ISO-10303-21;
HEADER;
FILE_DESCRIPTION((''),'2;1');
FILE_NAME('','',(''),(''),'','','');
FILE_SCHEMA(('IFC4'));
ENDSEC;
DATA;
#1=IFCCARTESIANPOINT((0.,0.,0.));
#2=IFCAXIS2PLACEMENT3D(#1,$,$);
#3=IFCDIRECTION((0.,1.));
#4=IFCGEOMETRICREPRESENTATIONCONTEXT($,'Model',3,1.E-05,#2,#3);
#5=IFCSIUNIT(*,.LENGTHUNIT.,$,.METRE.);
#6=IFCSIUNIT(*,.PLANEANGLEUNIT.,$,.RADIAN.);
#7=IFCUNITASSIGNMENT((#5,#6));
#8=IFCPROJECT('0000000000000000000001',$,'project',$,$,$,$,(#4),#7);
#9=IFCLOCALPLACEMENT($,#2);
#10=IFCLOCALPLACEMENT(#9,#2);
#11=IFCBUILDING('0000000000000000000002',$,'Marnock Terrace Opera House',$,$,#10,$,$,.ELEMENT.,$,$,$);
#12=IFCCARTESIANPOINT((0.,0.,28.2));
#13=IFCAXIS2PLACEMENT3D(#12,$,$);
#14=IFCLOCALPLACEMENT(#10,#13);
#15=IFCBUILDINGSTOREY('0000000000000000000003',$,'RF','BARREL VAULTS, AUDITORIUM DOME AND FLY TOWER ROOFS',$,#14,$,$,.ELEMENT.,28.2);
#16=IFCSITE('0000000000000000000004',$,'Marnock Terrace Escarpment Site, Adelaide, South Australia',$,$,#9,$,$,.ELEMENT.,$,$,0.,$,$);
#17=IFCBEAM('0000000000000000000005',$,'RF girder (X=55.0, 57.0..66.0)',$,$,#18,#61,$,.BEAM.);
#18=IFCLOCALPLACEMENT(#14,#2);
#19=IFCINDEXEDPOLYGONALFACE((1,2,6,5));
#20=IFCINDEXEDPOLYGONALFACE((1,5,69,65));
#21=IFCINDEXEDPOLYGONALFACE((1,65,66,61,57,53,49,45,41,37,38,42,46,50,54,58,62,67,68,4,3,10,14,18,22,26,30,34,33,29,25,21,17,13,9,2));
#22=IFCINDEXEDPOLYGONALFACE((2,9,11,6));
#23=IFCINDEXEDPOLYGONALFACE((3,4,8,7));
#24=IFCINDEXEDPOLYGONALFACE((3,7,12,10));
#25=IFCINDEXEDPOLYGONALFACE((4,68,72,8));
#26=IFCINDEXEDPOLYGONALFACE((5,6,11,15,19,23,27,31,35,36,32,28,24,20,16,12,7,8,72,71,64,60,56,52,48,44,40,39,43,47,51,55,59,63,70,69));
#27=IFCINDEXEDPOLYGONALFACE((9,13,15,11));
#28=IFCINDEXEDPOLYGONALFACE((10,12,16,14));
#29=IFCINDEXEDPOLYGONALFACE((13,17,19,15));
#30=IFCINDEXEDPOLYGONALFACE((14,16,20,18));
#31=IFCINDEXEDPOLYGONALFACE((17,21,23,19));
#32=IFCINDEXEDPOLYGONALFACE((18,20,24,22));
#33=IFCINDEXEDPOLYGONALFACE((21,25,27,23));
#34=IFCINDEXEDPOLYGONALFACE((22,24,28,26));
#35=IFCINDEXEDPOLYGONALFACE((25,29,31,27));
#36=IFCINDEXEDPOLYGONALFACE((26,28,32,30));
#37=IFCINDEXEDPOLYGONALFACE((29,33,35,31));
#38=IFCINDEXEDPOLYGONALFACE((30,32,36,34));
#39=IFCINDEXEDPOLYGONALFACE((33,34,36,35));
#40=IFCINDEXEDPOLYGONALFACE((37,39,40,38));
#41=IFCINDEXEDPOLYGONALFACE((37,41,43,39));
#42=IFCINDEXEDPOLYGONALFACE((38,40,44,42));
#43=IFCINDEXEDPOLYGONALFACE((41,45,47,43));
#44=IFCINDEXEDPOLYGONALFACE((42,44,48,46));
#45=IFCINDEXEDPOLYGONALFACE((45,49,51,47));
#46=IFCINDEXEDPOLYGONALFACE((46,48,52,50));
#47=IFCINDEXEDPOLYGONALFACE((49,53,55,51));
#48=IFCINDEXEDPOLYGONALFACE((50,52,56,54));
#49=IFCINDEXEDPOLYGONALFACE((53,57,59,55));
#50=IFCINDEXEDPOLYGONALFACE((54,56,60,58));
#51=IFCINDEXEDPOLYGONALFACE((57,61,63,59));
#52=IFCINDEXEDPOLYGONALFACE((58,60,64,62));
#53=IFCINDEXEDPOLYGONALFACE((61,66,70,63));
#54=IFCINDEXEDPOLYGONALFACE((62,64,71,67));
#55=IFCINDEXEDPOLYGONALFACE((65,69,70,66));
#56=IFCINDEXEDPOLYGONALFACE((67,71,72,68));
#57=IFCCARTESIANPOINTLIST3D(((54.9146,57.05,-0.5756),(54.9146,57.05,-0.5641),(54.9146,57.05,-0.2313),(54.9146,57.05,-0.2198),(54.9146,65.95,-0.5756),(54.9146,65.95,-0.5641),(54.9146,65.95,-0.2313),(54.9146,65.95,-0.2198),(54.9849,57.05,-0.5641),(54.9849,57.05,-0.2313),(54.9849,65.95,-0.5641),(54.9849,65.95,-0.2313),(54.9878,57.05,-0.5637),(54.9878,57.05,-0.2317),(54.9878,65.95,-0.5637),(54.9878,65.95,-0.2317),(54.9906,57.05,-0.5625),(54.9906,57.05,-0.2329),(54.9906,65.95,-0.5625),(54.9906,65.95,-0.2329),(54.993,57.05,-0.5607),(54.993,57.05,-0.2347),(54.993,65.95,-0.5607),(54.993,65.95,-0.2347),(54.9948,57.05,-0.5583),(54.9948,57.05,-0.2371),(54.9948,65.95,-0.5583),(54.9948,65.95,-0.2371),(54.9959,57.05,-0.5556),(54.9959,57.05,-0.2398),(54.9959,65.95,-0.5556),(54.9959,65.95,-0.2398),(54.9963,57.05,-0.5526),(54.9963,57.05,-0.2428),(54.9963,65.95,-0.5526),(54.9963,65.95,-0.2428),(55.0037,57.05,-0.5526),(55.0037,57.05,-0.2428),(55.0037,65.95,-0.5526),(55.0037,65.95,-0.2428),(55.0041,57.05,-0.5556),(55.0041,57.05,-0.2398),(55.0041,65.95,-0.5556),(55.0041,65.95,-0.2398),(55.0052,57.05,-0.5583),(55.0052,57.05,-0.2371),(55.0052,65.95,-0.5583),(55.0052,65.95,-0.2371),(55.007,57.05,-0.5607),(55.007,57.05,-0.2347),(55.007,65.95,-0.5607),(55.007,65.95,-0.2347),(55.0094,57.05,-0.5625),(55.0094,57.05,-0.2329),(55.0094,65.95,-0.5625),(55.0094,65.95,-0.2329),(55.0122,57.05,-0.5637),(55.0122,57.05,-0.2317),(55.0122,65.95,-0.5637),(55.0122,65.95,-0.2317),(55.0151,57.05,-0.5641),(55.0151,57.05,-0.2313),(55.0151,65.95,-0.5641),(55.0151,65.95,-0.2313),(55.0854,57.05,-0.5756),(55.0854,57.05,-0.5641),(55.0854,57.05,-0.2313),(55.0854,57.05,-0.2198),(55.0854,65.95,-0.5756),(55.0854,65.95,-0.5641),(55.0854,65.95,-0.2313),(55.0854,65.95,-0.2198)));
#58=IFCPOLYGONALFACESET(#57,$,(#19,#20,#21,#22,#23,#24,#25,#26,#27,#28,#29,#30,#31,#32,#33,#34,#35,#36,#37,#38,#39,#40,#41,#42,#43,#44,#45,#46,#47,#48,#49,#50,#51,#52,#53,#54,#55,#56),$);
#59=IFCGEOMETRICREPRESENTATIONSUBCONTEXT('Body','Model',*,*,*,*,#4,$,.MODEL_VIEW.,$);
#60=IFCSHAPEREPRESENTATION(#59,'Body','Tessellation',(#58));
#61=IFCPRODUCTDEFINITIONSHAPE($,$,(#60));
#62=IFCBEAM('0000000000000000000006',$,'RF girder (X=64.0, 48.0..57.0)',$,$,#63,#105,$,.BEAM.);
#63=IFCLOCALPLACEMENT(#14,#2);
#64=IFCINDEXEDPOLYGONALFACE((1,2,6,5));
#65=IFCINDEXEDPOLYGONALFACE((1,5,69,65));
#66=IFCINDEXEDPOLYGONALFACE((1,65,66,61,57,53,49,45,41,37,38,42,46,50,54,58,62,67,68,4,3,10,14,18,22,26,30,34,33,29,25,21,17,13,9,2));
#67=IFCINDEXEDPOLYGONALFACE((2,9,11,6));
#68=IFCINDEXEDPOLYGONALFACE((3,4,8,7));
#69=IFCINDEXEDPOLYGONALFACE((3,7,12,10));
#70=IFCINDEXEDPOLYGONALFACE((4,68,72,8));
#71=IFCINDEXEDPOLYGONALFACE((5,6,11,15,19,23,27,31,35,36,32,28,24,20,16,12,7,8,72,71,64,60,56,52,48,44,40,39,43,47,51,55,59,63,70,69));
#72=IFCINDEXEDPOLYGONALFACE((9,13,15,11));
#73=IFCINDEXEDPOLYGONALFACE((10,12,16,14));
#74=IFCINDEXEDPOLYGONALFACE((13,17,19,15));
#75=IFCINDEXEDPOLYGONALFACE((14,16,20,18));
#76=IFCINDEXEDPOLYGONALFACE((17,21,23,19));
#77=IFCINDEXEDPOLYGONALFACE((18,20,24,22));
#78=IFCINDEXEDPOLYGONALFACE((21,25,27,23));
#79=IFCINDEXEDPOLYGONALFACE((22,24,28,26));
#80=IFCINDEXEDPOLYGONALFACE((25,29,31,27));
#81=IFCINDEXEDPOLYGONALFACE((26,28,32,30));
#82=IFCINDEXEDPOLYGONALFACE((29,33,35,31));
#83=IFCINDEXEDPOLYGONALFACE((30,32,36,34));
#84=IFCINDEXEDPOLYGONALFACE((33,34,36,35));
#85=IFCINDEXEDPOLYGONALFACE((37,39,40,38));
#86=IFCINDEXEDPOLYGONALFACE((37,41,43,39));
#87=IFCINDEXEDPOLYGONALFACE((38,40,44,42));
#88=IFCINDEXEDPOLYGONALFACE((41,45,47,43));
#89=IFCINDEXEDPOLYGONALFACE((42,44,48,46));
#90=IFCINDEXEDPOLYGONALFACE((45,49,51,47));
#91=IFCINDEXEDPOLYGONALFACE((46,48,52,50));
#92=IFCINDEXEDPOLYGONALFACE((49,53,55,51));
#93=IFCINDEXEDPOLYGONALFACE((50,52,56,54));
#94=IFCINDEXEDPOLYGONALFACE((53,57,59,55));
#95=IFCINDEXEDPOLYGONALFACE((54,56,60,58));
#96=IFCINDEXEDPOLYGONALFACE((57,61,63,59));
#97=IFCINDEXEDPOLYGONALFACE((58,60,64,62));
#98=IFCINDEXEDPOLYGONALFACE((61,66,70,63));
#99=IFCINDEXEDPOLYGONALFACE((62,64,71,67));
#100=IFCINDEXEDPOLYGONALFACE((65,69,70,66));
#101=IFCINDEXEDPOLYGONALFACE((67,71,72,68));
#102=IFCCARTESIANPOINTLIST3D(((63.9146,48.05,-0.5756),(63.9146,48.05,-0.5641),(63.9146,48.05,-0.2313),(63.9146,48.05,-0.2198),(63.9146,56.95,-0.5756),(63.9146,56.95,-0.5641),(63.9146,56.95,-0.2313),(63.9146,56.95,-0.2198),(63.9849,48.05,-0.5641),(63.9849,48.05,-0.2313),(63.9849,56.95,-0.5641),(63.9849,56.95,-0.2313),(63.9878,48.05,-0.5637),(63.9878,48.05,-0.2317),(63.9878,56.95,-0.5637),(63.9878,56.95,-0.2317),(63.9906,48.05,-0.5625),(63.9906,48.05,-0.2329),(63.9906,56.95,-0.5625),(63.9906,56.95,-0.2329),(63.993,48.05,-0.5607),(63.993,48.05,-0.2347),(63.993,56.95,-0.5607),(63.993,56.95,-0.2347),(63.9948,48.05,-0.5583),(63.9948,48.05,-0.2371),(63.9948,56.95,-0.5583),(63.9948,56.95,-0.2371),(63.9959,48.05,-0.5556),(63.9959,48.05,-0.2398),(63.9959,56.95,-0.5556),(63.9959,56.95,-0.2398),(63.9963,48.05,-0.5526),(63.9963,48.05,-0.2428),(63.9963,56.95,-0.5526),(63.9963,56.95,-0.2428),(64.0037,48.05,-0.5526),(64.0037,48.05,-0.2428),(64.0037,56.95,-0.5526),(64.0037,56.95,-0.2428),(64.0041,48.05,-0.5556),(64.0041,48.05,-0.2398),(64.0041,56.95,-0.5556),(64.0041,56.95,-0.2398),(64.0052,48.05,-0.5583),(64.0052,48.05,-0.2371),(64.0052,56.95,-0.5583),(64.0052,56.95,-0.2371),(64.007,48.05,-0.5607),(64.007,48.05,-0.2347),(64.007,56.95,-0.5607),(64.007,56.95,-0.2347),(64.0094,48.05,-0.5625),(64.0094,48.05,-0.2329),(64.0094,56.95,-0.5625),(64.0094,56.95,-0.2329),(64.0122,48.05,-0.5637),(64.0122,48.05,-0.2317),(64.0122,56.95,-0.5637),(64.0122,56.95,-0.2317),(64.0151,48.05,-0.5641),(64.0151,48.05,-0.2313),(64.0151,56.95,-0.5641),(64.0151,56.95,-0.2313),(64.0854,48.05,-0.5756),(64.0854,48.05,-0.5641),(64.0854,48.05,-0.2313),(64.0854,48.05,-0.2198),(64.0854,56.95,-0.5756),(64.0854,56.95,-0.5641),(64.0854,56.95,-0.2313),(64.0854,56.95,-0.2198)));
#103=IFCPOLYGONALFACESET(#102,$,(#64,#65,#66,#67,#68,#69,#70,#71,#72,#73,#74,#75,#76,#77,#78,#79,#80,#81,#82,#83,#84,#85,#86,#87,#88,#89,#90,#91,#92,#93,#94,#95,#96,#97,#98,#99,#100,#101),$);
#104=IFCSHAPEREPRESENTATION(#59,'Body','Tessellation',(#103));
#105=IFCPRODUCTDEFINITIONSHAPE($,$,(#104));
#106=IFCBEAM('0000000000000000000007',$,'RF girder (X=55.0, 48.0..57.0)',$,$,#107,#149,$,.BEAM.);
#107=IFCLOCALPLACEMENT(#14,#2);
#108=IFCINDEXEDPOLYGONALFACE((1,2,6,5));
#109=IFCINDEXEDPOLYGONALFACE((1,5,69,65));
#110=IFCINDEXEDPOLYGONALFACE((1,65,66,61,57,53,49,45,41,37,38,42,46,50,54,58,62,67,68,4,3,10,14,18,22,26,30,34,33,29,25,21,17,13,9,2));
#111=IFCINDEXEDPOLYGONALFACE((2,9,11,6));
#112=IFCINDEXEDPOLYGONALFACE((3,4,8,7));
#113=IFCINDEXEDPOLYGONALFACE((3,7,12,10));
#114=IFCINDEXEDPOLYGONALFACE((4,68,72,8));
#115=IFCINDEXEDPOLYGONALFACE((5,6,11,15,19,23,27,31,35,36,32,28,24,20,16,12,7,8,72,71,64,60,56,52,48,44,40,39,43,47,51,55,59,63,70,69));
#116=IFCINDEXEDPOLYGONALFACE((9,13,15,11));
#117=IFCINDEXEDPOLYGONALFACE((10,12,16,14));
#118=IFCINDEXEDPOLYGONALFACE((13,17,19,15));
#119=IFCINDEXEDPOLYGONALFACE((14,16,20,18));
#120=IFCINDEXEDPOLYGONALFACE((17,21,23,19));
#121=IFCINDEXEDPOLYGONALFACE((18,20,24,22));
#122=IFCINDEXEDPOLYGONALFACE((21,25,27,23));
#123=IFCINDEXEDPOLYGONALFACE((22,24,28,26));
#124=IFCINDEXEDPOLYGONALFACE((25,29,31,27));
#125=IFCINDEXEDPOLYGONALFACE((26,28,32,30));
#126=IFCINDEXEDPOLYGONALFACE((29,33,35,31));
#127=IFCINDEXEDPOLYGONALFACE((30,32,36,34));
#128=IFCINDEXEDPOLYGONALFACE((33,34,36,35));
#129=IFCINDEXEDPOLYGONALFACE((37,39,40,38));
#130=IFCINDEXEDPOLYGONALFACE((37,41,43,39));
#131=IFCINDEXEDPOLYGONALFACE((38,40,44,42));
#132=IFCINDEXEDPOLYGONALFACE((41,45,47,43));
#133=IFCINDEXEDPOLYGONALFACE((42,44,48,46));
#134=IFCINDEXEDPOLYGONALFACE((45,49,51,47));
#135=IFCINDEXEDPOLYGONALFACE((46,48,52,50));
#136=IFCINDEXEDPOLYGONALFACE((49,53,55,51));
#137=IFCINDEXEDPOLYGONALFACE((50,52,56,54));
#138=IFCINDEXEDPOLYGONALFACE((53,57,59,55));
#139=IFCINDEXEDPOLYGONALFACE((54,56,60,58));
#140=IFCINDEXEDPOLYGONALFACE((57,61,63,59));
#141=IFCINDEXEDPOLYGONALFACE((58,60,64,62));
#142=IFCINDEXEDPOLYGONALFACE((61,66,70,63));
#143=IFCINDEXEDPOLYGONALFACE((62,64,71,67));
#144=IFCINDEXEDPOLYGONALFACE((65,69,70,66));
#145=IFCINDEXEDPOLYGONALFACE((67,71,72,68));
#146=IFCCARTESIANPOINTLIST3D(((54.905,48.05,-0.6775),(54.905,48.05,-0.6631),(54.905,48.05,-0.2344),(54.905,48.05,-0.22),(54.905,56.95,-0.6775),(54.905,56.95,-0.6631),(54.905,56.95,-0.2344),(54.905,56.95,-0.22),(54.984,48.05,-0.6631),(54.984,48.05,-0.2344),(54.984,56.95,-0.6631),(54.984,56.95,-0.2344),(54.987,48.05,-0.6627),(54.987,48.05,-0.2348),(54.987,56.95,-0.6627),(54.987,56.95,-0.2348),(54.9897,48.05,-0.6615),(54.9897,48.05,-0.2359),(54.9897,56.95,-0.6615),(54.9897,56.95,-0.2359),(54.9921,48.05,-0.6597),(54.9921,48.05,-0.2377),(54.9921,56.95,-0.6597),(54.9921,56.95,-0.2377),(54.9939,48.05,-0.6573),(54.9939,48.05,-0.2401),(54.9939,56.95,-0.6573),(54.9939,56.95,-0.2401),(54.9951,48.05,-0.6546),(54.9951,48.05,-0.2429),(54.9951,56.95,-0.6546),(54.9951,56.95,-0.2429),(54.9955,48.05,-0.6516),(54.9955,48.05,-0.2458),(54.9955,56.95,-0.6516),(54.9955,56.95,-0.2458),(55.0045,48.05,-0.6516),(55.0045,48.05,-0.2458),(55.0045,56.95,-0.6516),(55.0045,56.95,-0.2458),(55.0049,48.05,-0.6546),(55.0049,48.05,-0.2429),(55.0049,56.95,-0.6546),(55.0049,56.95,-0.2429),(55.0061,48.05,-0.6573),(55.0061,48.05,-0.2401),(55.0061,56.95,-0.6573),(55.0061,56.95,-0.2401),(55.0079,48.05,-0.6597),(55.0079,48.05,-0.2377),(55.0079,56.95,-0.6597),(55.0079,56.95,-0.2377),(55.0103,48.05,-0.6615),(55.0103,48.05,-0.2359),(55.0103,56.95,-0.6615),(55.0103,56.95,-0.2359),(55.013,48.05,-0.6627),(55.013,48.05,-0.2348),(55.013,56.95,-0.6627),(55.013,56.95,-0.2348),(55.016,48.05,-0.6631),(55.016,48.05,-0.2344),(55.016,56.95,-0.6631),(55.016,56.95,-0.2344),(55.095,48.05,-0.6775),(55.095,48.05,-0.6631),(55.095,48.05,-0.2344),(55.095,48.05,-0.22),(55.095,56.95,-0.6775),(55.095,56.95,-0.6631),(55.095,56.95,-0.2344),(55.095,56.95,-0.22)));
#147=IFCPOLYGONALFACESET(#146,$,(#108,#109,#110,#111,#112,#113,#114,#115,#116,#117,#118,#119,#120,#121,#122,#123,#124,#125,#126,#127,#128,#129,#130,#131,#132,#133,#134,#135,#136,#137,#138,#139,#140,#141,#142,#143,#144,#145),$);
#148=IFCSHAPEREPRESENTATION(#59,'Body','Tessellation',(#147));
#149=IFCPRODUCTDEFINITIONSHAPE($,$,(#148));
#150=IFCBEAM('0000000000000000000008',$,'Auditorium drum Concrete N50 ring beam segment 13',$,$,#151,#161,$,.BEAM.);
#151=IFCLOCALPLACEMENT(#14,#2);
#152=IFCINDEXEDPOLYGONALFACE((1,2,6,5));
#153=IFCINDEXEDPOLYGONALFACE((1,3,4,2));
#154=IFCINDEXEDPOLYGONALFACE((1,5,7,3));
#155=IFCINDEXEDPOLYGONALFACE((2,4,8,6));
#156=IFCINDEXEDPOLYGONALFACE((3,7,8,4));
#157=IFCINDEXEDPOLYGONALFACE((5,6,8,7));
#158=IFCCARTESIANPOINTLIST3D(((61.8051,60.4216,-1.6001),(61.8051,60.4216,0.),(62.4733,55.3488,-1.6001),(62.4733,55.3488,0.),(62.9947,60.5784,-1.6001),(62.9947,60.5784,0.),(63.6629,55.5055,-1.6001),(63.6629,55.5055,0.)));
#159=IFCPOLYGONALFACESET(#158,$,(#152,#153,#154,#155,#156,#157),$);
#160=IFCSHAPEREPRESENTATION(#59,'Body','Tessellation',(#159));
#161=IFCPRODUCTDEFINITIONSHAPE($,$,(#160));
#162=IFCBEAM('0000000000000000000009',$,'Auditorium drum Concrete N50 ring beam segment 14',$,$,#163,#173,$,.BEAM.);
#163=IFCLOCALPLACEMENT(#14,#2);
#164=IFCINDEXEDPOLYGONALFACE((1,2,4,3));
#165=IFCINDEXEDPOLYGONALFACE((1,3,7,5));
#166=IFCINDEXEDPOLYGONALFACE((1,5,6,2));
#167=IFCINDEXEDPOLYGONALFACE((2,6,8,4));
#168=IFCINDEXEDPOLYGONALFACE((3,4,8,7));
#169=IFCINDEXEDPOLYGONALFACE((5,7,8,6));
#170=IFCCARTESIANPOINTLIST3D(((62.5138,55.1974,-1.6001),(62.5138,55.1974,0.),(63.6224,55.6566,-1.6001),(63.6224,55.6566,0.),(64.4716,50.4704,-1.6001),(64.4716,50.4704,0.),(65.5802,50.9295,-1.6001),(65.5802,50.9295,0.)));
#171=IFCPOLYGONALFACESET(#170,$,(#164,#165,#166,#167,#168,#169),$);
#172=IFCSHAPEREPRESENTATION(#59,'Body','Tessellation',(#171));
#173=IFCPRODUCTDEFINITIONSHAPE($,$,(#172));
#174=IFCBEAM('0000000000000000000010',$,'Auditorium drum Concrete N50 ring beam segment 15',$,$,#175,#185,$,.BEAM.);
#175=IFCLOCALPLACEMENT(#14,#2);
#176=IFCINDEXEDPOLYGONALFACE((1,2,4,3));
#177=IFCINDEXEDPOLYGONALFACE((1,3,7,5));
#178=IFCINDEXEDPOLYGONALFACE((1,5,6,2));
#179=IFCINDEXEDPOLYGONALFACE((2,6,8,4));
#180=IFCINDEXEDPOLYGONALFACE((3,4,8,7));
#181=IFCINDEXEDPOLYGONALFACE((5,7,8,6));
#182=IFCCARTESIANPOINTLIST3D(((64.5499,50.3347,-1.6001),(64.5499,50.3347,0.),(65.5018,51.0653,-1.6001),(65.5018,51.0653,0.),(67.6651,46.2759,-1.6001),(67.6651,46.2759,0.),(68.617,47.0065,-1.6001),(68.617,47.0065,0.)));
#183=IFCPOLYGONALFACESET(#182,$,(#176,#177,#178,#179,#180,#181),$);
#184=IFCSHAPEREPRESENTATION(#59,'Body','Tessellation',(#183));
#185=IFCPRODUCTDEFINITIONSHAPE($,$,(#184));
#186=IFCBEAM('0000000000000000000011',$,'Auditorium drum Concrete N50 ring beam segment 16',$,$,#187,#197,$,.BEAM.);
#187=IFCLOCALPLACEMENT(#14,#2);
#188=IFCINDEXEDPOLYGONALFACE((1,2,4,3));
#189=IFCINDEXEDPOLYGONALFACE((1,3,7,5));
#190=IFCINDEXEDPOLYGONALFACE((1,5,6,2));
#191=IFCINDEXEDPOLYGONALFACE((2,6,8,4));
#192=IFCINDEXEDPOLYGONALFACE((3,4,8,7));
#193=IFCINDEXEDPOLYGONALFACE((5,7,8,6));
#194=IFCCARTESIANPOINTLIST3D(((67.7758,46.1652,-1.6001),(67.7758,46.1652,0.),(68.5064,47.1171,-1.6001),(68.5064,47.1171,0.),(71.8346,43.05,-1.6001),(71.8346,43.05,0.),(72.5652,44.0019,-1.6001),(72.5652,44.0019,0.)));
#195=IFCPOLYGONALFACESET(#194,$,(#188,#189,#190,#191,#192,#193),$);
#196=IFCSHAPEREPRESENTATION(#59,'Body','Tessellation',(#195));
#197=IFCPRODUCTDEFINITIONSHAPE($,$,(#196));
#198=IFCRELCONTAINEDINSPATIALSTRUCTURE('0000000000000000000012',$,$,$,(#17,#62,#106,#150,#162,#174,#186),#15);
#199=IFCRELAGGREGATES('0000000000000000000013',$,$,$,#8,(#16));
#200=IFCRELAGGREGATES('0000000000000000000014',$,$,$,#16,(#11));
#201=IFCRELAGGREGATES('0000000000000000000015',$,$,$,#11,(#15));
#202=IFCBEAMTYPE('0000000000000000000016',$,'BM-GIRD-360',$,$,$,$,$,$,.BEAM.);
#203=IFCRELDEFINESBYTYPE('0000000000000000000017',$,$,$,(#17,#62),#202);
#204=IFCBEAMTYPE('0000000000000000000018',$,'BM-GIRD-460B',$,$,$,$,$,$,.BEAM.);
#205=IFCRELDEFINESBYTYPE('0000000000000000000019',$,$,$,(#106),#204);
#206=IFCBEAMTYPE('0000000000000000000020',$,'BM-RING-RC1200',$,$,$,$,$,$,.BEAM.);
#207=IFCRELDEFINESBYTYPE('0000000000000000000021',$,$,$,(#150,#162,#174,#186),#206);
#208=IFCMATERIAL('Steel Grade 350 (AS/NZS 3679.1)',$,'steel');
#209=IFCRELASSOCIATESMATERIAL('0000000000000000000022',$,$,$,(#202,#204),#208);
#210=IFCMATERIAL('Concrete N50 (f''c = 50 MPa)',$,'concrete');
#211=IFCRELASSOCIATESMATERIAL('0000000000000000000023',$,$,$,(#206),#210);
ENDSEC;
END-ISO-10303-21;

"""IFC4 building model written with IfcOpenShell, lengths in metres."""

from ifc_helpers import new_model, si_unit, direction, frame, origin, origin_2d, place, context, subcontext, project, spatial, rectangle, i_section, extrude, material, material_profile, profile_set, type_object, element, save


model = new_model("IFC4")

# Units and contexts
model_context = context("Model", 3, precision=1e-05, world=origin(), true_north=direction((0.0, 1.0)))
body_context = subcontext(model_context, "Body", "Model", "MODEL_VIEW")
ifc_project = project(units=[si_unit("LENGTHUNIT", "METRE"), si_unit("PLANEANGLEUNIT", "RADIAN")], contexts=[model_context])

# Site, building, storey
site_placement = place(None, origin())
site = spatial("IfcSite", under=ifc_project, at=site_placement, Name="Marnock Terrace Escarpment Site, Adelaide, South Australia", CompositionType="ELEMENT", RefElevation=0.0)
building_placement = place(site_placement, origin())
building = spatial("IfcBuilding", under=site, at=building_placement, Name="Marnock Terrace Opera House", CompositionType="ELEMENT")
storey_placement = place(building_placement, frame((0.0, 0.0, 28.2)))
storey = spatial("IfcBuildingStorey", under=building, at=storey_placement, Name="RF", Description="BARREL VAULTS, AUDITORIUM DOME AND FLY TOWER ROOFS", CompositionType="ELEMENT", Elevation=28.2)

# Beams
ifc_material_1 = material(Name="Steel Grade 350 (AS/NZS 3679.1)", Category="steel")
ifc_material_profile_1 = material_profile(ifc_material_1, i_section(OverallWidth=0.1709, OverallDepth=0.3557, WebThickness=0.0073, FlangeThickness=0.0115, FilletRadius=0.0115, at=origin_2d()))
ifc_profile_set_1 = profile_set([ifc_material_profile_1], Name="Steel Grade 350 (AS/NZS 3679.1)")
beam_type_1 = type_object("IfcBeamType", Name="BM-GIRD-360", PredefinedType="BEAM", material=ifc_profile_set_1)
for number, where, z_axis, x_axis, name in (
    (1, (55.0, 57.05, -0.3977), (0.0, 1.0, 0.0), (-1.0, 0.0, 0.0), "RF girder (X=55.0, 57.0..66.0)"),
    (2, (64.0, 48.05, -0.3977), (0.0, 1.0, 0.0), (-1.0, 0.0, 0.0), "RF girder (X=64.0, 48.0..57.0)"),
):
    element("IfcBeam", number, at=place(storey_placement, frame(where, z_axis=z_axis, x_axis=x_axis)), inside=storey, type_object=beam_type_1, Name=name, PredefinedType="BEAM", context=body_context, shape_type="SweptSolid", body=[
        extrude(i_section(OverallWidth=0.1709, OverallDepth=0.3557, WebThickness=0.0073, FlangeThickness=0.0115, FilletRadius=0.0115, at=origin_2d()), origin(), (0.0, 0.0, 1.0), 8.8999),
    ])
ifc_material_profile_2 = material_profile(ifc_material_1, i_section(OverallWidth=0.1899, OverallDepth=0.4575, WebThickness=0.009, FlangeThickness=0.0144, FilletRadius=0.0115, at=origin_2d()))
ifc_profile_set_2 = profile_set([ifc_material_profile_2], Name="Steel Grade 350 (AS/NZS 3679.1)")
beam_type_2 = type_object("IfcBeamType", Name="BM-GIRD-460B", PredefinedType="BEAM", material=ifc_profile_set_2)
beam_1_placement = place(storey_placement, frame((55.0, 48.05, -0.4487), z_axis=(0.0, 1.0, 0.0), x_axis=(-1.0, 0.0, 0.0)))
element("IfcBeam", 3, at=beam_1_placement, inside=storey, type_object=beam_type_2, Name="RF girder (X=55.0, 48.0..57.0)", PredefinedType="BEAM", context=body_context, shape_type="SweptSolid", body=[
    extrude(i_section(OverallWidth=0.1899, OverallDepth=0.4575, WebThickness=0.009, FlangeThickness=0.0144, FilletRadius=0.0115, at=origin_2d()), origin(), (0.0, 0.0, 1.0), 8.8999),
])
ifc_material_2 = material(Name="Concrete N50 (f'c = 50 MPa)", Category="concrete")
ifc_material_profile_3 = material_profile(ifc_material_2, rectangle(XDim=1.2, YDim=1.6001, at=origin_2d()))
ifc_profile_set_3 = profile_set([ifc_material_profile_3], Name="Concrete N50 (f'c = 50 MPa)")
beam_type_3 = type_object("IfcBeamType", Name="BM-RING-RC1200", PredefinedType="BEAM", material=ifc_profile_set_3)
beam_2_placement = place(storey_placement, frame((62.3999, 60.5, -0.8), z_axis=(0.130592, -0.991436, 0.0), x_axis=(0.991436, 0.130592, 0.0)))
element("IfcBeam", 4, at=beam_2_placement, inside=storey, type_object=beam_type_3, Name="Auditorium drum Concrete N50 ring beam segment 13", PredefinedType="BEAM", context=body_context, shape_type="SweptSolid", body=[
    extrude(rectangle(XDim=1.2, YDim=1.6001, at=origin_2d()), origin(), (0.0, 0.0, 1.0), 5.1167),
])
for number, where, z_axis, x_axis, name in (
    (5, (63.0681, 55.427, -0.8), (0.382643, -0.923896, 0.0), (0.923896, 0.382643, 0.0), "Auditorium drum Concrete N50 ring beam segment 14"),
    (6, (65.0259, 50.7, -0.8), (0.608857, -0.79328, 0.0), (0.79328, 0.608857, 0.0), "Auditorium drum Concrete N50 ring beam segment 15"),
    (7, (68.1411, 46.6411, -0.8), (0.79328, -0.608857, 0.0), (0.608857, 0.79328, 0.0), "Auditorium drum Concrete N50 ring beam segment 16"),
):
    element("IfcBeam", number, at=place(storey_placement, frame(where, z_axis=z_axis, x_axis=x_axis)), inside=storey, type_object=beam_type_3, Name=name, PredefinedType="BEAM", context=body_context, shape_type="SweptSolid", body=[
        extrude(rectangle(XDim=1.2, YDim=1.6001, at=origin_2d()), origin(), (0.0, 0.0, 1.0), 5.1165),
    ])

save(model, "model.ifc")
